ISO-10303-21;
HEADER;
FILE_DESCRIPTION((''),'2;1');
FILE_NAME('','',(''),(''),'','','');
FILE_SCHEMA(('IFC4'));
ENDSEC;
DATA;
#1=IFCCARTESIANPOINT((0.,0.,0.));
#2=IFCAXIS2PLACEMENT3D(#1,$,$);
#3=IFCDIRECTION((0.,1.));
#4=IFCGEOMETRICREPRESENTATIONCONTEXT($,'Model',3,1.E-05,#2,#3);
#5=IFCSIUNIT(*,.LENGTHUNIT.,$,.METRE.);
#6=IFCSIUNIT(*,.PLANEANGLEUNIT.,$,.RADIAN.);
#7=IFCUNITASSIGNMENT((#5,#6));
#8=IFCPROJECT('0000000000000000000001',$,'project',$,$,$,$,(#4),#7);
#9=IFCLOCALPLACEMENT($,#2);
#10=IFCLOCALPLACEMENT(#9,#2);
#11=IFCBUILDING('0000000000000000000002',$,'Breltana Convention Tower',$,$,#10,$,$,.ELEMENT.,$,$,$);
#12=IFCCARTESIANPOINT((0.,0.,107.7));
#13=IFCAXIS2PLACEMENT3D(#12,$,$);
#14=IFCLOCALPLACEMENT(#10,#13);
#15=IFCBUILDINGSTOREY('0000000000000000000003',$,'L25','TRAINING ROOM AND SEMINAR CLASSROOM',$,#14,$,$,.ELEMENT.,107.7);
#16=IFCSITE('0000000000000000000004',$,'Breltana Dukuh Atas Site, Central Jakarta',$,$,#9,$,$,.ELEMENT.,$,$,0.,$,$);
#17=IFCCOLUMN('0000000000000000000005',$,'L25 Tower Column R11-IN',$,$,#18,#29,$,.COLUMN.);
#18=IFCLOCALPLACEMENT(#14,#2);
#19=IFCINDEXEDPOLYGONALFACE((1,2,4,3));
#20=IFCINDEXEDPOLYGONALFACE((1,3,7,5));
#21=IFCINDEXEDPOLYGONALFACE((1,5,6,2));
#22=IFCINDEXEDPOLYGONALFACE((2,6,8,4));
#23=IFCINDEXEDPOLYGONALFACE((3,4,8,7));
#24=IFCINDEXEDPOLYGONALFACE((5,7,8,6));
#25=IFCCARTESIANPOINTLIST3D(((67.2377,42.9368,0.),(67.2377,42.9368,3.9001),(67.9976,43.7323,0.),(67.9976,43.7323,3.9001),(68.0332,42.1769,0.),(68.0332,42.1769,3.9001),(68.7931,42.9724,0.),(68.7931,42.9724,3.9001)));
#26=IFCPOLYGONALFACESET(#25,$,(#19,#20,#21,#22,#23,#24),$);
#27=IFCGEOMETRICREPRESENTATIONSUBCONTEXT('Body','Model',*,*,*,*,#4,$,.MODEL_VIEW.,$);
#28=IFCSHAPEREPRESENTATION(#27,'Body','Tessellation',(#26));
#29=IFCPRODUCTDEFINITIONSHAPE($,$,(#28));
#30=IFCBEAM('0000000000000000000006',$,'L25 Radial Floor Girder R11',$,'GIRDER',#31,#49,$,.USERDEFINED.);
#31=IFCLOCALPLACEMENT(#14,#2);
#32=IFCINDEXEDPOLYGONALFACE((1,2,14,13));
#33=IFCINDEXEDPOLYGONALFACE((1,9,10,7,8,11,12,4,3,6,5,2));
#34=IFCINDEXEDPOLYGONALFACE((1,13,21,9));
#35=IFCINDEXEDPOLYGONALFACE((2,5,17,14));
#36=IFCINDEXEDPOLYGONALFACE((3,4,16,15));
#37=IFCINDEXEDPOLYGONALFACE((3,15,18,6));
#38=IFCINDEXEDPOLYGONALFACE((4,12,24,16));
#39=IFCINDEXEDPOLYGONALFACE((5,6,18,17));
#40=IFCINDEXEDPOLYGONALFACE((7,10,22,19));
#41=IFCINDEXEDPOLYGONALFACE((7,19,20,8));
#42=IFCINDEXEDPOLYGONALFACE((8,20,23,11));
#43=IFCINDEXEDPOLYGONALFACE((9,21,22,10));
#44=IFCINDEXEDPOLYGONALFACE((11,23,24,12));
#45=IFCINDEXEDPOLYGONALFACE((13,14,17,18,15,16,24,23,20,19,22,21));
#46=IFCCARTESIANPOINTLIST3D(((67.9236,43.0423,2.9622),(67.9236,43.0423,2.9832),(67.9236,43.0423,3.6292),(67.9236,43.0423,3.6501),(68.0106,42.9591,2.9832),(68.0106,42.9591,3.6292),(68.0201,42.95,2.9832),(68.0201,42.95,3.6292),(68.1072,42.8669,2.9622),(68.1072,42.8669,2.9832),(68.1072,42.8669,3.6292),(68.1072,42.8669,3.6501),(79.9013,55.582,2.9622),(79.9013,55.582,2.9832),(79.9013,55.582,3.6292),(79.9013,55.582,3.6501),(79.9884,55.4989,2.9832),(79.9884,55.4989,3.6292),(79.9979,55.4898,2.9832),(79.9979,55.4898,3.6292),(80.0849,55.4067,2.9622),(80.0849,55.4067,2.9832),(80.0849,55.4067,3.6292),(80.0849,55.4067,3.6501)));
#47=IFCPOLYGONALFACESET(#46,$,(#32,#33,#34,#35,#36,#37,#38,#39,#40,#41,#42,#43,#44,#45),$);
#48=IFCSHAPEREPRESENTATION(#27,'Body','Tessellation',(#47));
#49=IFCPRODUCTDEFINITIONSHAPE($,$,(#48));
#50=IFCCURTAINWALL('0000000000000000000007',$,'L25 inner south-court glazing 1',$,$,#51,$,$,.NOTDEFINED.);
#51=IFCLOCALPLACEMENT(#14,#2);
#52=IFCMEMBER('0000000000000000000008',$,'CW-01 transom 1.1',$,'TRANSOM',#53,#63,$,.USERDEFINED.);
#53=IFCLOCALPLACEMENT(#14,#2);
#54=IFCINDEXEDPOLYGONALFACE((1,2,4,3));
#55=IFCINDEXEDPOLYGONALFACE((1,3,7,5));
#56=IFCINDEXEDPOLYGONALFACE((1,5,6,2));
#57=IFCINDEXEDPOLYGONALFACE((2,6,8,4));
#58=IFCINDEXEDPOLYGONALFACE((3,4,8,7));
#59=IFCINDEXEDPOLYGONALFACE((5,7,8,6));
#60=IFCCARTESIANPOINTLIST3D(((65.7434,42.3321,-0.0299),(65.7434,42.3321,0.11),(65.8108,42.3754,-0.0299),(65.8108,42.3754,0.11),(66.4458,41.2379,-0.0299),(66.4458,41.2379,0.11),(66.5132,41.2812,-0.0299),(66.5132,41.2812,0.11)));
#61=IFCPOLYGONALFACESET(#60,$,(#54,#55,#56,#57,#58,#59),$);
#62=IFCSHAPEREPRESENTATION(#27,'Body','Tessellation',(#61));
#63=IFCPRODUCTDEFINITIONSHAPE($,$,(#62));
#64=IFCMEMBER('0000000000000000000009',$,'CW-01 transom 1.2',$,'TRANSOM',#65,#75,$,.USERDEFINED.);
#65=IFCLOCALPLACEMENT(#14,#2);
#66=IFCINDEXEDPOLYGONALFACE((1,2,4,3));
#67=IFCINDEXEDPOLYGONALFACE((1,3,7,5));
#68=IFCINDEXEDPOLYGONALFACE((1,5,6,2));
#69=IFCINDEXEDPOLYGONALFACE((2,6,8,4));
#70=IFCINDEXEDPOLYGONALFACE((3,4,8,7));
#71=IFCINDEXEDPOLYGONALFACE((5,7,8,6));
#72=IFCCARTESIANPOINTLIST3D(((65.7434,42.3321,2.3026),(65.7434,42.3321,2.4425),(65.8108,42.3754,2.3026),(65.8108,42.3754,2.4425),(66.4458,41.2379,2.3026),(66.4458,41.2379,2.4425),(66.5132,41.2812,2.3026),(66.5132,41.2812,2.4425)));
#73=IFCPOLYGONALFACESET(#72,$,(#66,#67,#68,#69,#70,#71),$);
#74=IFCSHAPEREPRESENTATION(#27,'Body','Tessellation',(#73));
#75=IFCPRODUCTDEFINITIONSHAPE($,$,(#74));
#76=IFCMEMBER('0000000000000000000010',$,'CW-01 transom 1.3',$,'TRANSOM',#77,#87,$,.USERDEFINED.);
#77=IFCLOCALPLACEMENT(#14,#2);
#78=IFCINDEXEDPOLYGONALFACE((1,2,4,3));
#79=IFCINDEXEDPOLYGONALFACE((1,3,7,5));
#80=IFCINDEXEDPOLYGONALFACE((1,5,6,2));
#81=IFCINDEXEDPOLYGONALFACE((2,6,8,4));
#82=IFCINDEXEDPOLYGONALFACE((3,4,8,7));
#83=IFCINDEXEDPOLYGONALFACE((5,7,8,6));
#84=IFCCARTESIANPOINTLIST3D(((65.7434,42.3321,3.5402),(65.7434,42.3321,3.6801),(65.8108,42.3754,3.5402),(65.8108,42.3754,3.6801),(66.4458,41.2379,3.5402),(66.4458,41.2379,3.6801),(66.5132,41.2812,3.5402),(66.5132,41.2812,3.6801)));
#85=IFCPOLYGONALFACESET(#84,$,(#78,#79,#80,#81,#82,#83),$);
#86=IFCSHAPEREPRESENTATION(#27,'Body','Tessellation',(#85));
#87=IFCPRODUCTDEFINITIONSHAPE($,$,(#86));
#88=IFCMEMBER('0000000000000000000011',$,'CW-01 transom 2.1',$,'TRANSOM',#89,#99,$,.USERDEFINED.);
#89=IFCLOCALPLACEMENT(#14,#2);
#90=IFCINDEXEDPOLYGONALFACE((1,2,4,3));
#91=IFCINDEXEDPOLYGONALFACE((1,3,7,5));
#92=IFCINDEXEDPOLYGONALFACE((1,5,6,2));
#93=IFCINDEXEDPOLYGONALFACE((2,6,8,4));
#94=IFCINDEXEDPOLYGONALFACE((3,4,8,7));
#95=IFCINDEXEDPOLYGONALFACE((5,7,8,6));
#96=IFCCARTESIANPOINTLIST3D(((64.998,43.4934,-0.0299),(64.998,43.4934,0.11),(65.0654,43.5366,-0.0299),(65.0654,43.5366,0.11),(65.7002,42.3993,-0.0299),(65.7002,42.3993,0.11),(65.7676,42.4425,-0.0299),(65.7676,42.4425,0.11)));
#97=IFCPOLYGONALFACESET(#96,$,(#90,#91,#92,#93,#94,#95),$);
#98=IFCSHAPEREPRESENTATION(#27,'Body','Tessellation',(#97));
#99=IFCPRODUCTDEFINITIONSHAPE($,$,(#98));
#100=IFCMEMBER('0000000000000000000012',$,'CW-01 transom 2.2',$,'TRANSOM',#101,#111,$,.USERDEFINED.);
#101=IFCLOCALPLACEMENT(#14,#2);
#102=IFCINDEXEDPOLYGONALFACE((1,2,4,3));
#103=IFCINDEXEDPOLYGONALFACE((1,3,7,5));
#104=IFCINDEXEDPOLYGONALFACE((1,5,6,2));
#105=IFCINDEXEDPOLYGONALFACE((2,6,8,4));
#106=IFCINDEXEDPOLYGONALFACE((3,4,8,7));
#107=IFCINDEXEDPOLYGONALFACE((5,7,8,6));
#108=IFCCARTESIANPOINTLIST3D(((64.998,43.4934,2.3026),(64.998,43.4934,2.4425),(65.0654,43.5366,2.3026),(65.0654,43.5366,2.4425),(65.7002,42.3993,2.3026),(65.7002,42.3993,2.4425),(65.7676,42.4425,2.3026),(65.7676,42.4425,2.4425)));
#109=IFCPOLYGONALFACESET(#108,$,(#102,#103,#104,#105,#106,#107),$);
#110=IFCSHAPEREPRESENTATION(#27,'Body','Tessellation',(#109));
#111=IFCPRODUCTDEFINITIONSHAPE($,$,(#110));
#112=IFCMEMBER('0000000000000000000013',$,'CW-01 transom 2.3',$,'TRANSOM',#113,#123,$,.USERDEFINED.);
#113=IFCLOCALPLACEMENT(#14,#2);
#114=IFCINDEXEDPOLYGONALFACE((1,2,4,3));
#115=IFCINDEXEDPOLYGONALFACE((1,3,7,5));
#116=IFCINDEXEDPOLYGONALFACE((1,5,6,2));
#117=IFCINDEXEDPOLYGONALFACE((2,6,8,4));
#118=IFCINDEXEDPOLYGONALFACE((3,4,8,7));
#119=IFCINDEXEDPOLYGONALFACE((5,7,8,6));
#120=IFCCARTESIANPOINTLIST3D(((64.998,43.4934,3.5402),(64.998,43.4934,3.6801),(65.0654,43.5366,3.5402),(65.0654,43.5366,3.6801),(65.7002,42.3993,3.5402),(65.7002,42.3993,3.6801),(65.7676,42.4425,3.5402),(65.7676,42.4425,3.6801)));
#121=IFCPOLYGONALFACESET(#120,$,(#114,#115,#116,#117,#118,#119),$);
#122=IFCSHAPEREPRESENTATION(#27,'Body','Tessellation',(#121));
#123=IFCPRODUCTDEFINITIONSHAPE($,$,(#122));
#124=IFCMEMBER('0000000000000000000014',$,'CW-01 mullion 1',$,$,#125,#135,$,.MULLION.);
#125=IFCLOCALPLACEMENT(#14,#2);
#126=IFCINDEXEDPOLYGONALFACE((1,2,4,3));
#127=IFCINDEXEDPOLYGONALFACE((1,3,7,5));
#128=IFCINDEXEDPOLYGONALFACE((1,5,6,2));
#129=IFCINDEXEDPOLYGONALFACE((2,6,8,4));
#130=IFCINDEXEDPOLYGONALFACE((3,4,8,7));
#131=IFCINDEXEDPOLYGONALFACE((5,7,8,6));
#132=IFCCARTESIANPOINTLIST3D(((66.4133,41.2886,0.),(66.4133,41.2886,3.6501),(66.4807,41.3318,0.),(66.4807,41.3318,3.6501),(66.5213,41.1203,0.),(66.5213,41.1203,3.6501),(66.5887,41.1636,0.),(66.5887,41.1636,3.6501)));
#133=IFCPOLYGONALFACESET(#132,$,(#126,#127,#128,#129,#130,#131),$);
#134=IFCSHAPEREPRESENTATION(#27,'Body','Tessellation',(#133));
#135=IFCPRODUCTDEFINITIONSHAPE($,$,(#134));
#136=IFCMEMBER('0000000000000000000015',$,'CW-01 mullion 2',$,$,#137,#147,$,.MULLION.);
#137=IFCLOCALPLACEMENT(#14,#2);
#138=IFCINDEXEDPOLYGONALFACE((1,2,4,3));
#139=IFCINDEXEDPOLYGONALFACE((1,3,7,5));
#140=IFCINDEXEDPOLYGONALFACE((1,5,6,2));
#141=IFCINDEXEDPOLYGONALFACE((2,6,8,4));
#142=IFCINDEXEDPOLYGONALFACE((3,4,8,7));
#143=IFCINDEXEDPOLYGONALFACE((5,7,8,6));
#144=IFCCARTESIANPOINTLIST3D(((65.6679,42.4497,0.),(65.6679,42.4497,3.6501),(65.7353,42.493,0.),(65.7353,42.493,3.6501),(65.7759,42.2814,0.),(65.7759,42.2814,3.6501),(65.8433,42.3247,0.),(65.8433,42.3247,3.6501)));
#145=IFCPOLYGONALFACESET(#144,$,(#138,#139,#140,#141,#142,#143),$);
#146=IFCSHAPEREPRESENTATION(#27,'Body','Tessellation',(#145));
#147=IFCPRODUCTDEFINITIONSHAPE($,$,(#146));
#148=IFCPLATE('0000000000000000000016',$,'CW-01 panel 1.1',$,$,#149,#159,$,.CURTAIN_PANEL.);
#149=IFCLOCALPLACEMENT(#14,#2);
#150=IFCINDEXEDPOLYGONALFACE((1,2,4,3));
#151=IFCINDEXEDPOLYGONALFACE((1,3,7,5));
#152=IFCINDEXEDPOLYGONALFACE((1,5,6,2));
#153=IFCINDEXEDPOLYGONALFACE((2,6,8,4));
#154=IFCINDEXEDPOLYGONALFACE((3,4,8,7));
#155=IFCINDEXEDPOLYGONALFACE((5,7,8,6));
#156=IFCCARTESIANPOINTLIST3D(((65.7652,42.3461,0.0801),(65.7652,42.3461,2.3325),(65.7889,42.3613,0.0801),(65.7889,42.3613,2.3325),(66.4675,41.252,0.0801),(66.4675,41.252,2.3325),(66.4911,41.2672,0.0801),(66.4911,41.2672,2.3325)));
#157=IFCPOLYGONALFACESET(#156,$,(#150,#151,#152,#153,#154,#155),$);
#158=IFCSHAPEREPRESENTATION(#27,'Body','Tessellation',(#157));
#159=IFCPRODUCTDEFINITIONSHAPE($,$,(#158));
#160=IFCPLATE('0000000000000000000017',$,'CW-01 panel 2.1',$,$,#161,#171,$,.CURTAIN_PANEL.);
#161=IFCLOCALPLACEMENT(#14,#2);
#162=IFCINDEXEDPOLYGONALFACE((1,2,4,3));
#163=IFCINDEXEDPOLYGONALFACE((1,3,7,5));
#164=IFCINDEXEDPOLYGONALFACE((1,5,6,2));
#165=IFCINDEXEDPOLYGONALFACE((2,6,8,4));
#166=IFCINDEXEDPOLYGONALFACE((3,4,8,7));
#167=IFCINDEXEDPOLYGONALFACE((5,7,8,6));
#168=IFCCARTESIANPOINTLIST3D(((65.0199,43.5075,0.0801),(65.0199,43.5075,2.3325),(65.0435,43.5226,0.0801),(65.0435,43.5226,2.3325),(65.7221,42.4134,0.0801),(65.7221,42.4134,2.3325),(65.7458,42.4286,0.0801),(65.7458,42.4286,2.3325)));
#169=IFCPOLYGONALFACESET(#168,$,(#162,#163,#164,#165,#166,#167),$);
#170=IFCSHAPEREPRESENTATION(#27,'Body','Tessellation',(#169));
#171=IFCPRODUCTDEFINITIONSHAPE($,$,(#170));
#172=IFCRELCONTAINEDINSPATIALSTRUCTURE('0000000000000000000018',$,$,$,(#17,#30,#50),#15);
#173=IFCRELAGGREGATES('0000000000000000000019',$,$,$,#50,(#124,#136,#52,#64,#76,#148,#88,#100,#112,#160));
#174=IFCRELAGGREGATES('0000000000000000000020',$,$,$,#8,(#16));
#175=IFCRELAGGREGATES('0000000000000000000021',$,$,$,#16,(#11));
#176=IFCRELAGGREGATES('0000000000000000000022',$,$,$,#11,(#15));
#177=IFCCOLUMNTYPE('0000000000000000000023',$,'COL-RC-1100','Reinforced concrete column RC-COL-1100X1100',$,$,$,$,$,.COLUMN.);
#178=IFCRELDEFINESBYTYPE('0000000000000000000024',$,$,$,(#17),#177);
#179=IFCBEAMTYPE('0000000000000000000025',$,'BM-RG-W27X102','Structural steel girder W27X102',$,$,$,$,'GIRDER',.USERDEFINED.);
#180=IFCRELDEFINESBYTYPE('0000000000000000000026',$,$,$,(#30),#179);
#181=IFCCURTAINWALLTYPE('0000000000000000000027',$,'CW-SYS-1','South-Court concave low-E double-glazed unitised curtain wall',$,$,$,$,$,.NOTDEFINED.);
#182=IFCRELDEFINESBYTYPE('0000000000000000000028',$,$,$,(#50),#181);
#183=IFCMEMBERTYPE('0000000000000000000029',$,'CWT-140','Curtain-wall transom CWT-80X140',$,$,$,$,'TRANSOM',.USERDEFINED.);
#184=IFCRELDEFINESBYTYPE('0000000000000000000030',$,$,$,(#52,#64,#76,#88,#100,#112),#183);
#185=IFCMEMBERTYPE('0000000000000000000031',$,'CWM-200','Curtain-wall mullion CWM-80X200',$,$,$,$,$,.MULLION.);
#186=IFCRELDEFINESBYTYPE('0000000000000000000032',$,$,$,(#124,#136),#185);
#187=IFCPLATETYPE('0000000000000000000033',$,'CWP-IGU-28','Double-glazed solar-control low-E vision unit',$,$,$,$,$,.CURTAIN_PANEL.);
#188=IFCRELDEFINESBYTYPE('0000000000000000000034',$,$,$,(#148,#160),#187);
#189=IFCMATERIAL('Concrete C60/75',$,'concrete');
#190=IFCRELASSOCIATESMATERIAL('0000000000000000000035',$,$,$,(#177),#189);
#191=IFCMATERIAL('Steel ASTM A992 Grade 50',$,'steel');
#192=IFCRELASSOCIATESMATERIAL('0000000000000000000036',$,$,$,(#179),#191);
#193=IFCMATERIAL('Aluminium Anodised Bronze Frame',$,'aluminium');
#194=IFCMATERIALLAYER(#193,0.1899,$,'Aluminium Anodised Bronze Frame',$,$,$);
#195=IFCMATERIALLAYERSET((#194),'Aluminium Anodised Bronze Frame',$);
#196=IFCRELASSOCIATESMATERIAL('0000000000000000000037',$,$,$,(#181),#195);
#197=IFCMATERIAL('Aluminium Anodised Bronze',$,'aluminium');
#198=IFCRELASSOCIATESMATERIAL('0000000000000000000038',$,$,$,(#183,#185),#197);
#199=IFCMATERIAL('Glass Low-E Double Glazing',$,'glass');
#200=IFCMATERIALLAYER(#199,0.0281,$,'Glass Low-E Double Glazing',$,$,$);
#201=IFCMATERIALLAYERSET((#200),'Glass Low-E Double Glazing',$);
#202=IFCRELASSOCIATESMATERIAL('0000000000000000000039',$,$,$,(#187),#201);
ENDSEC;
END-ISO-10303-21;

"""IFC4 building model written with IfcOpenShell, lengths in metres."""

from ifc_helpers import new_model, si_unit, direction, frame, origin, origin_2d, place, context, subcontext, project, spatial, rectangle, i_section, extrude, source, transform, mapped, material, layer, layer_set, material_profile, profile_set, type_object, type_shapes, element, aggregate, save


model = new_model("IFC4")

# Units and contexts
model_context = context("Model", 3, precision=1e-05, world=origin(), true_north=direction((0.0, 1.0)))
body_context = subcontext(model_context, "Body", "Model", "MODEL_VIEW")
ifc_project = project(units=[si_unit("LENGTHUNIT", "METRE"), si_unit("PLANEANGLEUNIT", "RADIAN")], contexts=[model_context])

# Site, building, storey
site_placement = place(None, origin())
site = spatial("IfcSite", under=ifc_project, at=site_placement, Name="Breltana Dukuh Atas Site, Central Jakarta", CompositionType="ELEMENT", RefElevation=0.0)
building_placement = place(site_placement, origin())
building = spatial("IfcBuilding", under=site, at=building_placement, Name="Breltana Convention Tower", CompositionType="ELEMENT")
storey_placement = place(building_placement, frame((0.0, 0.0, 107.7)))
storey = spatial("IfcBuildingStorey", under=building, at=storey_placement, Name="L25", Description="TRAINING ROOM AND SEMINAR CLASSROOM", CompositionType="ELEMENT", Elevation=107.7)

# Column
ifc_material_1 = material(Name="Concrete C60/75", Category="concrete")
ifc_material_profile_1 = material_profile(ifc_material_1, rectangle(XDim=1.1001, YDim=1.1001, at=origin_2d()), Name="RC-COL-1100X1100")
ifc_profile_set_1 = profile_set([ifc_material_profile_1], Name="Concrete C60/75")
column_type = type_object("IfcColumnType", Name="COL-RC-1100", Description="Reinforced concrete column RC-COL-1100X1100", PredefinedType="COLUMN", material=ifc_profile_set_1)
shared_shape_1 = source(origin(), body_context, "Body", "SweptSolid", [
    extrude(rectangle(XDim=1.1001, YDim=1.1001, at=origin_2d()), origin(), (0.0, 0.0, 1.0), 3.9001),
])
column_placement = place(storey_placement, frame((68.0154, 42.9546, 0.0), z_axis=(0.0, 0.0, 1.0), x_axis=(0.690756, 0.723088, 0.0)))
element("IfcColumn", 1, at=column_placement, inside=storey, type_object=column_type, Name="L25 Tower Column R11-IN", PredefinedType="COLUMN", context=body_context, shape_type="MappedRepresentation", body=[
    mapped(shared_shape_1, transform((0.0, 0.0, 0.0), scale=1.0)),
])

# Beam
ifc_material_2 = material(Name="Steel ASTM A992 Grade 50", Category="steel")
ifc_material_profile_2 = material_profile(ifc_material_2, i_section(OverallWidth=0.2539, OverallDepth=0.688, WebThickness=0.0132, FlangeThickness=0.021, at=origin_2d()), Name="W27X102")
ifc_profile_set_2 = profile_set([ifc_material_profile_2], Name="Steel ASTM A992 Grade 50")
beam_type = type_object("IfcBeamType", Name="BM-RG-W27X102", Description="Structural steel girder W27X102", ElementType="GIRDER", PredefinedType="USERDEFINED", material=ifc_profile_set_2)
shared_shape_2 = source(origin(), body_context, "Body", "SweptSolid", [
    extrude(i_section(OverallWidth=0.2539, OverallDepth=0.688, WebThickness=0.0132, FlangeThickness=0.021, at=origin_2d()), origin(), (0.0, 0.0, 1.0), 17.3411),
])
type_shapes(beam_type, [shared_shape_2])
beam_placement = place(storey_placement, frame((68.0154, 42.9546, 3.3062), z_axis=(0.690716, 0.723126, 0.0), x_axis=(-0.723126, 0.690716, 0.0)))
element("IfcBeam", 2, at=beam_placement, inside=storey, type_object=beam_type, Name="L25 Radial Floor Girder R11", ObjectType="GIRDER", PredefinedType="USERDEFINED", context=body_context, shape_type="MappedRepresentation", body=[
    mapped(shared_shape_2, transform((0.0, 0.0, 0.0), scale=1.0)),
])

# Curtain wall, members, plates
ifc_material_3 = material(Name="Aluminium Anodised Bronze Frame", Category="aluminium")
ifc_layer_1 = layer(ifc_material_3, 0.1899, Name="Aluminium Anodised Bronze Frame")
ifc_layer_set_1 = layer_set([ifc_layer_1], Name="Aluminium Anodised Bronze Frame")
curtain_wall_type = type_object("IfcCurtainWallType", Name="CW-SYS-1", Description="South-Court concave low-E double-glazed unitised curtain wall", PredefinedType="NOTDEFINED", material=ifc_layer_set_1)
curtain_wall_placement = place(storey_placement, origin())
curtain_wall = element("IfcCurtainWall", 3, at=curtain_wall_placement, inside=storey, type_object=curtain_wall_type, Name="L25 inner south-court glazing 1", PredefinedType="NOTDEFINED")
ifc_material_4 = material(Name="Aluminium Anodised Bronze", Category="aluminium")
ifc_material_profile_3 = material_profile(ifc_material_4, rectangle(XDim=0.0801, YDim=0.1399, at=origin_2d()), Name="CWT-80X140")
ifc_profile_set_3 = profile_set([ifc_material_profile_3], Name="Aluminium Anodised Bronze")
member_type_1 = type_object("IfcMemberType", Name="CWT-140", Description="Curtain-wall transom CWT-80X140", ElementType="TRANSOM", PredefinedType="USERDEFINED", material=ifc_profile_set_3)
shared_shape_3 = source(origin(), body_context, "Body", "SweptSolid", [
    extrude(rectangle(XDim=0.0801, YDim=0.1399, at=origin_2d()), origin(), (0.0, 0.0, 1.0), 1.3003),
])
member_1_placement = place(storey_placement, frame((66.4795, 41.2595, 0.04), z_axis=(-0.540188, 0.841544, 0.0), x_axis=(-0.841544, -0.540188, 0.0)))
member_1 = element("IfcMember", 4, at=member_1_placement, type_object=member_type_1, Name="CW-01 transom 1.1", ObjectType="TRANSOM", PredefinedType="USERDEFINED", context=body_context, shape_type="MappedRepresentation", body=[
    mapped(shared_shape_3, transform((0.0, 0.0, 0.0), scale=1.0)),
])
member_2_placement = place(storey_placement, frame((66.4795, 41.2595, 2.3726), z_axis=(-0.540188, 0.841544, 0.0), x_axis=(-0.841544, -0.540188, 0.0)))
member_2 = element("IfcMember", 5, at=member_2_placement, type_object=member_type_1, Name="CW-01 transom 1.2", ObjectType="TRANSOM", PredefinedType="USERDEFINED", context=body_context, shape_type="MappedRepresentation", body=[
    mapped(shared_shape_3, transform((0.0, 0.0, 0.0), scale=1.0)),
])
member_3_placement = place(storey_placement, frame((66.4795, 41.2595, 3.6101), z_axis=(-0.540188, 0.841544, 0.0), x_axis=(-0.841544, -0.540188, 0.0)))
member_3 = element("IfcMember", 6, at=member_3_placement, type_object=member_type_1, Name="CW-01 transom 1.3", ObjectType="TRANSOM", PredefinedType="USERDEFINED", context=body_context, shape_type="MappedRepresentation", body=[
    mapped(shared_shape_3, transform((0.0, 0.0, 0.0), scale=1.0)),
])
shared_shape_4 = source(origin(), body_context, "Body", "SweptSolid", [
    extrude(rectangle(XDim=0.0801, YDim=0.1399, at=origin_2d()), origin(), (0.0, 0.0, 1.0), 1.3),
])
member_4_placement = place(storey_placement, frame((65.7339, 42.4209, 0.04), z_axis=(-0.54014, 0.841575, 0.0), x_axis=(-0.841575, -0.54014, 0.0)))
member_4 = element("IfcMember", 7, at=member_4_placement, type_object=member_type_1, Name="CW-01 transom 2.1", ObjectType="TRANSOM", PredefinedType="USERDEFINED", context=body_context, shape_type="MappedRepresentation", body=[
    mapped(shared_shape_4, transform((0.0, 0.0, 0.0), scale=1.0)),
])
member_5_placement = place(storey_placement, frame((65.7339, 42.4209, 2.3726), z_axis=(-0.54014, 0.841575, 0.0), x_axis=(-0.841575, -0.54014, 0.0)))
member_5 = element("IfcMember", 8, at=member_5_placement, type_object=member_type_1, Name="CW-01 transom 2.2", ObjectType="TRANSOM", PredefinedType="USERDEFINED", context=body_context, shape_type="MappedRepresentation", body=[
    mapped(shared_shape_4, transform((0.0, 0.0, 0.0), scale=1.0)),
])
member_6_placement = place(storey_placement, frame((65.7339, 42.4209, 3.6101), z_axis=(-0.54014, 0.841575, 0.0), x_axis=(-0.841575, -0.54014, 0.0)))
member_6 = element("IfcMember", 9, at=member_6_placement, type_object=member_type_1, Name="CW-01 transom 2.3", ObjectType="TRANSOM", PredefinedType="USERDEFINED", context=body_context, shape_type="MappedRepresentation", body=[
    mapped(shared_shape_4, transform((0.0, 0.0, 0.0), scale=1.0)),
])
ifc_material_profile_4 = material_profile(ifc_material_4, rectangle(XDim=0.0801, YDim=0.2, at=origin_2d()), Name="CWM-80X200")
ifc_profile_set_4 = profile_set([ifc_material_profile_4], Name="Aluminium Anodised Bronze")
member_type_2 = type_object("IfcMemberType", Name="CWM-200", Description="Curtain-wall mullion CWM-80X200", PredefinedType="MULLION", material=ifc_profile_set_4)
shared_shape_5 = source(origin(), body_context, "Body", "SweptSolid", [
    extrude(rectangle(XDim=0.0801, YDim=0.2, at=origin_2d()), origin(), (0.0, 0.0, 1.0), 3.6501),
])
member_7_placement = place(storey_placement, frame((66.501, 41.2261, 0.0), z_axis=(0.0, 0.0, 1.0), x_axis=(-0.841551, -0.540177, 0.0)))
member_7 = element("IfcMember", 10, at=member_7_placement, type_object=member_type_2, Name="CW-01 mullion 1", PredefinedType="MULLION", context=body_context, shape_type="MappedRepresentation", body=[
    mapped(shared_shape_5, transform((0.0, 0.0, 0.0), scale=1.0)),
])
member_8_placement = place(storey_placement, frame((65.7556, 42.3872, 0.0), z_axis=(0.0, 0.0, 1.0), x_axis=(-0.841551, -0.540177, 0.0)))
member_8 = element("IfcMember", 11, at=member_8_placement, type_object=member_type_2, Name="CW-01 mullion 2", PredefinedType="MULLION", context=body_context, shape_type="MappedRepresentation", body=[
    mapped(shared_shape_5, transform((0.0, 0.0, 0.0), scale=1.0)),
])
ifc_material_5 = material(Name="Glass Low-E Double Glazing", Category="glass")
ifc_layer_2 = layer(ifc_material_5, 0.0281, Name="Glass Low-E Double Glazing")
ifc_layer_set_2 = layer_set([ifc_layer_2], Name="Glass Low-E Double Glazing")
plate_type = type_object("IfcPlateType", Name="CWP-IGU-28", Description="Double-glazed solar-control low-E vision unit", PredefinedType="CURTAIN_PANEL", material=ifc_layer_set_2)
shared_shape_6 = source(origin(), body_context, "Body", "SweptSolid", [
    extrude(rectangle(XDim=1.3, YDim=0.0281, at=origin_2d()), origin(), (0.0, 0.0, 1.0), 2.2524),
])
plate_1_placement = place(storey_placement, frame((66.1282, 41.8066, 0.0801), z_axis=(0.0, 0.0, 1.0), x_axis=(-0.540177, 0.841551, 0.0)))
plate_1 = element("IfcPlate", 12, at=plate_1_placement, type_object=plate_type, Name="CW-01 panel 1.1", PredefinedType="CURTAIN_PANEL", context=body_context, shape_type="MappedRepresentation", body=[
    mapped(shared_shape_6, transform((0.0, 0.0, 0.0), scale=1.0)),
])
plate_2_placement = place(storey_placement, frame((65.3828, 42.968, 0.0801), z_axis=(0.0, 0.0, 1.0), x_axis=(-0.540177, 0.841551, 0.0)))
plate_2 = element("IfcPlate", 13, at=plate_2_placement, type_object=plate_type, Name="CW-01 panel 2.1", PredefinedType="CURTAIN_PANEL", context=body_context, shape_type="MappedRepresentation", body=[
    mapped(shared_shape_6, transform((0.0, 0.0, 0.0), scale=1.0)),
])
aggregate(curtain_wall, [member_7, member_8, member_1, member_2, member_3, plate_1, member_4, member_5, member_6, plate_2])

save(model, "model.ifc")
